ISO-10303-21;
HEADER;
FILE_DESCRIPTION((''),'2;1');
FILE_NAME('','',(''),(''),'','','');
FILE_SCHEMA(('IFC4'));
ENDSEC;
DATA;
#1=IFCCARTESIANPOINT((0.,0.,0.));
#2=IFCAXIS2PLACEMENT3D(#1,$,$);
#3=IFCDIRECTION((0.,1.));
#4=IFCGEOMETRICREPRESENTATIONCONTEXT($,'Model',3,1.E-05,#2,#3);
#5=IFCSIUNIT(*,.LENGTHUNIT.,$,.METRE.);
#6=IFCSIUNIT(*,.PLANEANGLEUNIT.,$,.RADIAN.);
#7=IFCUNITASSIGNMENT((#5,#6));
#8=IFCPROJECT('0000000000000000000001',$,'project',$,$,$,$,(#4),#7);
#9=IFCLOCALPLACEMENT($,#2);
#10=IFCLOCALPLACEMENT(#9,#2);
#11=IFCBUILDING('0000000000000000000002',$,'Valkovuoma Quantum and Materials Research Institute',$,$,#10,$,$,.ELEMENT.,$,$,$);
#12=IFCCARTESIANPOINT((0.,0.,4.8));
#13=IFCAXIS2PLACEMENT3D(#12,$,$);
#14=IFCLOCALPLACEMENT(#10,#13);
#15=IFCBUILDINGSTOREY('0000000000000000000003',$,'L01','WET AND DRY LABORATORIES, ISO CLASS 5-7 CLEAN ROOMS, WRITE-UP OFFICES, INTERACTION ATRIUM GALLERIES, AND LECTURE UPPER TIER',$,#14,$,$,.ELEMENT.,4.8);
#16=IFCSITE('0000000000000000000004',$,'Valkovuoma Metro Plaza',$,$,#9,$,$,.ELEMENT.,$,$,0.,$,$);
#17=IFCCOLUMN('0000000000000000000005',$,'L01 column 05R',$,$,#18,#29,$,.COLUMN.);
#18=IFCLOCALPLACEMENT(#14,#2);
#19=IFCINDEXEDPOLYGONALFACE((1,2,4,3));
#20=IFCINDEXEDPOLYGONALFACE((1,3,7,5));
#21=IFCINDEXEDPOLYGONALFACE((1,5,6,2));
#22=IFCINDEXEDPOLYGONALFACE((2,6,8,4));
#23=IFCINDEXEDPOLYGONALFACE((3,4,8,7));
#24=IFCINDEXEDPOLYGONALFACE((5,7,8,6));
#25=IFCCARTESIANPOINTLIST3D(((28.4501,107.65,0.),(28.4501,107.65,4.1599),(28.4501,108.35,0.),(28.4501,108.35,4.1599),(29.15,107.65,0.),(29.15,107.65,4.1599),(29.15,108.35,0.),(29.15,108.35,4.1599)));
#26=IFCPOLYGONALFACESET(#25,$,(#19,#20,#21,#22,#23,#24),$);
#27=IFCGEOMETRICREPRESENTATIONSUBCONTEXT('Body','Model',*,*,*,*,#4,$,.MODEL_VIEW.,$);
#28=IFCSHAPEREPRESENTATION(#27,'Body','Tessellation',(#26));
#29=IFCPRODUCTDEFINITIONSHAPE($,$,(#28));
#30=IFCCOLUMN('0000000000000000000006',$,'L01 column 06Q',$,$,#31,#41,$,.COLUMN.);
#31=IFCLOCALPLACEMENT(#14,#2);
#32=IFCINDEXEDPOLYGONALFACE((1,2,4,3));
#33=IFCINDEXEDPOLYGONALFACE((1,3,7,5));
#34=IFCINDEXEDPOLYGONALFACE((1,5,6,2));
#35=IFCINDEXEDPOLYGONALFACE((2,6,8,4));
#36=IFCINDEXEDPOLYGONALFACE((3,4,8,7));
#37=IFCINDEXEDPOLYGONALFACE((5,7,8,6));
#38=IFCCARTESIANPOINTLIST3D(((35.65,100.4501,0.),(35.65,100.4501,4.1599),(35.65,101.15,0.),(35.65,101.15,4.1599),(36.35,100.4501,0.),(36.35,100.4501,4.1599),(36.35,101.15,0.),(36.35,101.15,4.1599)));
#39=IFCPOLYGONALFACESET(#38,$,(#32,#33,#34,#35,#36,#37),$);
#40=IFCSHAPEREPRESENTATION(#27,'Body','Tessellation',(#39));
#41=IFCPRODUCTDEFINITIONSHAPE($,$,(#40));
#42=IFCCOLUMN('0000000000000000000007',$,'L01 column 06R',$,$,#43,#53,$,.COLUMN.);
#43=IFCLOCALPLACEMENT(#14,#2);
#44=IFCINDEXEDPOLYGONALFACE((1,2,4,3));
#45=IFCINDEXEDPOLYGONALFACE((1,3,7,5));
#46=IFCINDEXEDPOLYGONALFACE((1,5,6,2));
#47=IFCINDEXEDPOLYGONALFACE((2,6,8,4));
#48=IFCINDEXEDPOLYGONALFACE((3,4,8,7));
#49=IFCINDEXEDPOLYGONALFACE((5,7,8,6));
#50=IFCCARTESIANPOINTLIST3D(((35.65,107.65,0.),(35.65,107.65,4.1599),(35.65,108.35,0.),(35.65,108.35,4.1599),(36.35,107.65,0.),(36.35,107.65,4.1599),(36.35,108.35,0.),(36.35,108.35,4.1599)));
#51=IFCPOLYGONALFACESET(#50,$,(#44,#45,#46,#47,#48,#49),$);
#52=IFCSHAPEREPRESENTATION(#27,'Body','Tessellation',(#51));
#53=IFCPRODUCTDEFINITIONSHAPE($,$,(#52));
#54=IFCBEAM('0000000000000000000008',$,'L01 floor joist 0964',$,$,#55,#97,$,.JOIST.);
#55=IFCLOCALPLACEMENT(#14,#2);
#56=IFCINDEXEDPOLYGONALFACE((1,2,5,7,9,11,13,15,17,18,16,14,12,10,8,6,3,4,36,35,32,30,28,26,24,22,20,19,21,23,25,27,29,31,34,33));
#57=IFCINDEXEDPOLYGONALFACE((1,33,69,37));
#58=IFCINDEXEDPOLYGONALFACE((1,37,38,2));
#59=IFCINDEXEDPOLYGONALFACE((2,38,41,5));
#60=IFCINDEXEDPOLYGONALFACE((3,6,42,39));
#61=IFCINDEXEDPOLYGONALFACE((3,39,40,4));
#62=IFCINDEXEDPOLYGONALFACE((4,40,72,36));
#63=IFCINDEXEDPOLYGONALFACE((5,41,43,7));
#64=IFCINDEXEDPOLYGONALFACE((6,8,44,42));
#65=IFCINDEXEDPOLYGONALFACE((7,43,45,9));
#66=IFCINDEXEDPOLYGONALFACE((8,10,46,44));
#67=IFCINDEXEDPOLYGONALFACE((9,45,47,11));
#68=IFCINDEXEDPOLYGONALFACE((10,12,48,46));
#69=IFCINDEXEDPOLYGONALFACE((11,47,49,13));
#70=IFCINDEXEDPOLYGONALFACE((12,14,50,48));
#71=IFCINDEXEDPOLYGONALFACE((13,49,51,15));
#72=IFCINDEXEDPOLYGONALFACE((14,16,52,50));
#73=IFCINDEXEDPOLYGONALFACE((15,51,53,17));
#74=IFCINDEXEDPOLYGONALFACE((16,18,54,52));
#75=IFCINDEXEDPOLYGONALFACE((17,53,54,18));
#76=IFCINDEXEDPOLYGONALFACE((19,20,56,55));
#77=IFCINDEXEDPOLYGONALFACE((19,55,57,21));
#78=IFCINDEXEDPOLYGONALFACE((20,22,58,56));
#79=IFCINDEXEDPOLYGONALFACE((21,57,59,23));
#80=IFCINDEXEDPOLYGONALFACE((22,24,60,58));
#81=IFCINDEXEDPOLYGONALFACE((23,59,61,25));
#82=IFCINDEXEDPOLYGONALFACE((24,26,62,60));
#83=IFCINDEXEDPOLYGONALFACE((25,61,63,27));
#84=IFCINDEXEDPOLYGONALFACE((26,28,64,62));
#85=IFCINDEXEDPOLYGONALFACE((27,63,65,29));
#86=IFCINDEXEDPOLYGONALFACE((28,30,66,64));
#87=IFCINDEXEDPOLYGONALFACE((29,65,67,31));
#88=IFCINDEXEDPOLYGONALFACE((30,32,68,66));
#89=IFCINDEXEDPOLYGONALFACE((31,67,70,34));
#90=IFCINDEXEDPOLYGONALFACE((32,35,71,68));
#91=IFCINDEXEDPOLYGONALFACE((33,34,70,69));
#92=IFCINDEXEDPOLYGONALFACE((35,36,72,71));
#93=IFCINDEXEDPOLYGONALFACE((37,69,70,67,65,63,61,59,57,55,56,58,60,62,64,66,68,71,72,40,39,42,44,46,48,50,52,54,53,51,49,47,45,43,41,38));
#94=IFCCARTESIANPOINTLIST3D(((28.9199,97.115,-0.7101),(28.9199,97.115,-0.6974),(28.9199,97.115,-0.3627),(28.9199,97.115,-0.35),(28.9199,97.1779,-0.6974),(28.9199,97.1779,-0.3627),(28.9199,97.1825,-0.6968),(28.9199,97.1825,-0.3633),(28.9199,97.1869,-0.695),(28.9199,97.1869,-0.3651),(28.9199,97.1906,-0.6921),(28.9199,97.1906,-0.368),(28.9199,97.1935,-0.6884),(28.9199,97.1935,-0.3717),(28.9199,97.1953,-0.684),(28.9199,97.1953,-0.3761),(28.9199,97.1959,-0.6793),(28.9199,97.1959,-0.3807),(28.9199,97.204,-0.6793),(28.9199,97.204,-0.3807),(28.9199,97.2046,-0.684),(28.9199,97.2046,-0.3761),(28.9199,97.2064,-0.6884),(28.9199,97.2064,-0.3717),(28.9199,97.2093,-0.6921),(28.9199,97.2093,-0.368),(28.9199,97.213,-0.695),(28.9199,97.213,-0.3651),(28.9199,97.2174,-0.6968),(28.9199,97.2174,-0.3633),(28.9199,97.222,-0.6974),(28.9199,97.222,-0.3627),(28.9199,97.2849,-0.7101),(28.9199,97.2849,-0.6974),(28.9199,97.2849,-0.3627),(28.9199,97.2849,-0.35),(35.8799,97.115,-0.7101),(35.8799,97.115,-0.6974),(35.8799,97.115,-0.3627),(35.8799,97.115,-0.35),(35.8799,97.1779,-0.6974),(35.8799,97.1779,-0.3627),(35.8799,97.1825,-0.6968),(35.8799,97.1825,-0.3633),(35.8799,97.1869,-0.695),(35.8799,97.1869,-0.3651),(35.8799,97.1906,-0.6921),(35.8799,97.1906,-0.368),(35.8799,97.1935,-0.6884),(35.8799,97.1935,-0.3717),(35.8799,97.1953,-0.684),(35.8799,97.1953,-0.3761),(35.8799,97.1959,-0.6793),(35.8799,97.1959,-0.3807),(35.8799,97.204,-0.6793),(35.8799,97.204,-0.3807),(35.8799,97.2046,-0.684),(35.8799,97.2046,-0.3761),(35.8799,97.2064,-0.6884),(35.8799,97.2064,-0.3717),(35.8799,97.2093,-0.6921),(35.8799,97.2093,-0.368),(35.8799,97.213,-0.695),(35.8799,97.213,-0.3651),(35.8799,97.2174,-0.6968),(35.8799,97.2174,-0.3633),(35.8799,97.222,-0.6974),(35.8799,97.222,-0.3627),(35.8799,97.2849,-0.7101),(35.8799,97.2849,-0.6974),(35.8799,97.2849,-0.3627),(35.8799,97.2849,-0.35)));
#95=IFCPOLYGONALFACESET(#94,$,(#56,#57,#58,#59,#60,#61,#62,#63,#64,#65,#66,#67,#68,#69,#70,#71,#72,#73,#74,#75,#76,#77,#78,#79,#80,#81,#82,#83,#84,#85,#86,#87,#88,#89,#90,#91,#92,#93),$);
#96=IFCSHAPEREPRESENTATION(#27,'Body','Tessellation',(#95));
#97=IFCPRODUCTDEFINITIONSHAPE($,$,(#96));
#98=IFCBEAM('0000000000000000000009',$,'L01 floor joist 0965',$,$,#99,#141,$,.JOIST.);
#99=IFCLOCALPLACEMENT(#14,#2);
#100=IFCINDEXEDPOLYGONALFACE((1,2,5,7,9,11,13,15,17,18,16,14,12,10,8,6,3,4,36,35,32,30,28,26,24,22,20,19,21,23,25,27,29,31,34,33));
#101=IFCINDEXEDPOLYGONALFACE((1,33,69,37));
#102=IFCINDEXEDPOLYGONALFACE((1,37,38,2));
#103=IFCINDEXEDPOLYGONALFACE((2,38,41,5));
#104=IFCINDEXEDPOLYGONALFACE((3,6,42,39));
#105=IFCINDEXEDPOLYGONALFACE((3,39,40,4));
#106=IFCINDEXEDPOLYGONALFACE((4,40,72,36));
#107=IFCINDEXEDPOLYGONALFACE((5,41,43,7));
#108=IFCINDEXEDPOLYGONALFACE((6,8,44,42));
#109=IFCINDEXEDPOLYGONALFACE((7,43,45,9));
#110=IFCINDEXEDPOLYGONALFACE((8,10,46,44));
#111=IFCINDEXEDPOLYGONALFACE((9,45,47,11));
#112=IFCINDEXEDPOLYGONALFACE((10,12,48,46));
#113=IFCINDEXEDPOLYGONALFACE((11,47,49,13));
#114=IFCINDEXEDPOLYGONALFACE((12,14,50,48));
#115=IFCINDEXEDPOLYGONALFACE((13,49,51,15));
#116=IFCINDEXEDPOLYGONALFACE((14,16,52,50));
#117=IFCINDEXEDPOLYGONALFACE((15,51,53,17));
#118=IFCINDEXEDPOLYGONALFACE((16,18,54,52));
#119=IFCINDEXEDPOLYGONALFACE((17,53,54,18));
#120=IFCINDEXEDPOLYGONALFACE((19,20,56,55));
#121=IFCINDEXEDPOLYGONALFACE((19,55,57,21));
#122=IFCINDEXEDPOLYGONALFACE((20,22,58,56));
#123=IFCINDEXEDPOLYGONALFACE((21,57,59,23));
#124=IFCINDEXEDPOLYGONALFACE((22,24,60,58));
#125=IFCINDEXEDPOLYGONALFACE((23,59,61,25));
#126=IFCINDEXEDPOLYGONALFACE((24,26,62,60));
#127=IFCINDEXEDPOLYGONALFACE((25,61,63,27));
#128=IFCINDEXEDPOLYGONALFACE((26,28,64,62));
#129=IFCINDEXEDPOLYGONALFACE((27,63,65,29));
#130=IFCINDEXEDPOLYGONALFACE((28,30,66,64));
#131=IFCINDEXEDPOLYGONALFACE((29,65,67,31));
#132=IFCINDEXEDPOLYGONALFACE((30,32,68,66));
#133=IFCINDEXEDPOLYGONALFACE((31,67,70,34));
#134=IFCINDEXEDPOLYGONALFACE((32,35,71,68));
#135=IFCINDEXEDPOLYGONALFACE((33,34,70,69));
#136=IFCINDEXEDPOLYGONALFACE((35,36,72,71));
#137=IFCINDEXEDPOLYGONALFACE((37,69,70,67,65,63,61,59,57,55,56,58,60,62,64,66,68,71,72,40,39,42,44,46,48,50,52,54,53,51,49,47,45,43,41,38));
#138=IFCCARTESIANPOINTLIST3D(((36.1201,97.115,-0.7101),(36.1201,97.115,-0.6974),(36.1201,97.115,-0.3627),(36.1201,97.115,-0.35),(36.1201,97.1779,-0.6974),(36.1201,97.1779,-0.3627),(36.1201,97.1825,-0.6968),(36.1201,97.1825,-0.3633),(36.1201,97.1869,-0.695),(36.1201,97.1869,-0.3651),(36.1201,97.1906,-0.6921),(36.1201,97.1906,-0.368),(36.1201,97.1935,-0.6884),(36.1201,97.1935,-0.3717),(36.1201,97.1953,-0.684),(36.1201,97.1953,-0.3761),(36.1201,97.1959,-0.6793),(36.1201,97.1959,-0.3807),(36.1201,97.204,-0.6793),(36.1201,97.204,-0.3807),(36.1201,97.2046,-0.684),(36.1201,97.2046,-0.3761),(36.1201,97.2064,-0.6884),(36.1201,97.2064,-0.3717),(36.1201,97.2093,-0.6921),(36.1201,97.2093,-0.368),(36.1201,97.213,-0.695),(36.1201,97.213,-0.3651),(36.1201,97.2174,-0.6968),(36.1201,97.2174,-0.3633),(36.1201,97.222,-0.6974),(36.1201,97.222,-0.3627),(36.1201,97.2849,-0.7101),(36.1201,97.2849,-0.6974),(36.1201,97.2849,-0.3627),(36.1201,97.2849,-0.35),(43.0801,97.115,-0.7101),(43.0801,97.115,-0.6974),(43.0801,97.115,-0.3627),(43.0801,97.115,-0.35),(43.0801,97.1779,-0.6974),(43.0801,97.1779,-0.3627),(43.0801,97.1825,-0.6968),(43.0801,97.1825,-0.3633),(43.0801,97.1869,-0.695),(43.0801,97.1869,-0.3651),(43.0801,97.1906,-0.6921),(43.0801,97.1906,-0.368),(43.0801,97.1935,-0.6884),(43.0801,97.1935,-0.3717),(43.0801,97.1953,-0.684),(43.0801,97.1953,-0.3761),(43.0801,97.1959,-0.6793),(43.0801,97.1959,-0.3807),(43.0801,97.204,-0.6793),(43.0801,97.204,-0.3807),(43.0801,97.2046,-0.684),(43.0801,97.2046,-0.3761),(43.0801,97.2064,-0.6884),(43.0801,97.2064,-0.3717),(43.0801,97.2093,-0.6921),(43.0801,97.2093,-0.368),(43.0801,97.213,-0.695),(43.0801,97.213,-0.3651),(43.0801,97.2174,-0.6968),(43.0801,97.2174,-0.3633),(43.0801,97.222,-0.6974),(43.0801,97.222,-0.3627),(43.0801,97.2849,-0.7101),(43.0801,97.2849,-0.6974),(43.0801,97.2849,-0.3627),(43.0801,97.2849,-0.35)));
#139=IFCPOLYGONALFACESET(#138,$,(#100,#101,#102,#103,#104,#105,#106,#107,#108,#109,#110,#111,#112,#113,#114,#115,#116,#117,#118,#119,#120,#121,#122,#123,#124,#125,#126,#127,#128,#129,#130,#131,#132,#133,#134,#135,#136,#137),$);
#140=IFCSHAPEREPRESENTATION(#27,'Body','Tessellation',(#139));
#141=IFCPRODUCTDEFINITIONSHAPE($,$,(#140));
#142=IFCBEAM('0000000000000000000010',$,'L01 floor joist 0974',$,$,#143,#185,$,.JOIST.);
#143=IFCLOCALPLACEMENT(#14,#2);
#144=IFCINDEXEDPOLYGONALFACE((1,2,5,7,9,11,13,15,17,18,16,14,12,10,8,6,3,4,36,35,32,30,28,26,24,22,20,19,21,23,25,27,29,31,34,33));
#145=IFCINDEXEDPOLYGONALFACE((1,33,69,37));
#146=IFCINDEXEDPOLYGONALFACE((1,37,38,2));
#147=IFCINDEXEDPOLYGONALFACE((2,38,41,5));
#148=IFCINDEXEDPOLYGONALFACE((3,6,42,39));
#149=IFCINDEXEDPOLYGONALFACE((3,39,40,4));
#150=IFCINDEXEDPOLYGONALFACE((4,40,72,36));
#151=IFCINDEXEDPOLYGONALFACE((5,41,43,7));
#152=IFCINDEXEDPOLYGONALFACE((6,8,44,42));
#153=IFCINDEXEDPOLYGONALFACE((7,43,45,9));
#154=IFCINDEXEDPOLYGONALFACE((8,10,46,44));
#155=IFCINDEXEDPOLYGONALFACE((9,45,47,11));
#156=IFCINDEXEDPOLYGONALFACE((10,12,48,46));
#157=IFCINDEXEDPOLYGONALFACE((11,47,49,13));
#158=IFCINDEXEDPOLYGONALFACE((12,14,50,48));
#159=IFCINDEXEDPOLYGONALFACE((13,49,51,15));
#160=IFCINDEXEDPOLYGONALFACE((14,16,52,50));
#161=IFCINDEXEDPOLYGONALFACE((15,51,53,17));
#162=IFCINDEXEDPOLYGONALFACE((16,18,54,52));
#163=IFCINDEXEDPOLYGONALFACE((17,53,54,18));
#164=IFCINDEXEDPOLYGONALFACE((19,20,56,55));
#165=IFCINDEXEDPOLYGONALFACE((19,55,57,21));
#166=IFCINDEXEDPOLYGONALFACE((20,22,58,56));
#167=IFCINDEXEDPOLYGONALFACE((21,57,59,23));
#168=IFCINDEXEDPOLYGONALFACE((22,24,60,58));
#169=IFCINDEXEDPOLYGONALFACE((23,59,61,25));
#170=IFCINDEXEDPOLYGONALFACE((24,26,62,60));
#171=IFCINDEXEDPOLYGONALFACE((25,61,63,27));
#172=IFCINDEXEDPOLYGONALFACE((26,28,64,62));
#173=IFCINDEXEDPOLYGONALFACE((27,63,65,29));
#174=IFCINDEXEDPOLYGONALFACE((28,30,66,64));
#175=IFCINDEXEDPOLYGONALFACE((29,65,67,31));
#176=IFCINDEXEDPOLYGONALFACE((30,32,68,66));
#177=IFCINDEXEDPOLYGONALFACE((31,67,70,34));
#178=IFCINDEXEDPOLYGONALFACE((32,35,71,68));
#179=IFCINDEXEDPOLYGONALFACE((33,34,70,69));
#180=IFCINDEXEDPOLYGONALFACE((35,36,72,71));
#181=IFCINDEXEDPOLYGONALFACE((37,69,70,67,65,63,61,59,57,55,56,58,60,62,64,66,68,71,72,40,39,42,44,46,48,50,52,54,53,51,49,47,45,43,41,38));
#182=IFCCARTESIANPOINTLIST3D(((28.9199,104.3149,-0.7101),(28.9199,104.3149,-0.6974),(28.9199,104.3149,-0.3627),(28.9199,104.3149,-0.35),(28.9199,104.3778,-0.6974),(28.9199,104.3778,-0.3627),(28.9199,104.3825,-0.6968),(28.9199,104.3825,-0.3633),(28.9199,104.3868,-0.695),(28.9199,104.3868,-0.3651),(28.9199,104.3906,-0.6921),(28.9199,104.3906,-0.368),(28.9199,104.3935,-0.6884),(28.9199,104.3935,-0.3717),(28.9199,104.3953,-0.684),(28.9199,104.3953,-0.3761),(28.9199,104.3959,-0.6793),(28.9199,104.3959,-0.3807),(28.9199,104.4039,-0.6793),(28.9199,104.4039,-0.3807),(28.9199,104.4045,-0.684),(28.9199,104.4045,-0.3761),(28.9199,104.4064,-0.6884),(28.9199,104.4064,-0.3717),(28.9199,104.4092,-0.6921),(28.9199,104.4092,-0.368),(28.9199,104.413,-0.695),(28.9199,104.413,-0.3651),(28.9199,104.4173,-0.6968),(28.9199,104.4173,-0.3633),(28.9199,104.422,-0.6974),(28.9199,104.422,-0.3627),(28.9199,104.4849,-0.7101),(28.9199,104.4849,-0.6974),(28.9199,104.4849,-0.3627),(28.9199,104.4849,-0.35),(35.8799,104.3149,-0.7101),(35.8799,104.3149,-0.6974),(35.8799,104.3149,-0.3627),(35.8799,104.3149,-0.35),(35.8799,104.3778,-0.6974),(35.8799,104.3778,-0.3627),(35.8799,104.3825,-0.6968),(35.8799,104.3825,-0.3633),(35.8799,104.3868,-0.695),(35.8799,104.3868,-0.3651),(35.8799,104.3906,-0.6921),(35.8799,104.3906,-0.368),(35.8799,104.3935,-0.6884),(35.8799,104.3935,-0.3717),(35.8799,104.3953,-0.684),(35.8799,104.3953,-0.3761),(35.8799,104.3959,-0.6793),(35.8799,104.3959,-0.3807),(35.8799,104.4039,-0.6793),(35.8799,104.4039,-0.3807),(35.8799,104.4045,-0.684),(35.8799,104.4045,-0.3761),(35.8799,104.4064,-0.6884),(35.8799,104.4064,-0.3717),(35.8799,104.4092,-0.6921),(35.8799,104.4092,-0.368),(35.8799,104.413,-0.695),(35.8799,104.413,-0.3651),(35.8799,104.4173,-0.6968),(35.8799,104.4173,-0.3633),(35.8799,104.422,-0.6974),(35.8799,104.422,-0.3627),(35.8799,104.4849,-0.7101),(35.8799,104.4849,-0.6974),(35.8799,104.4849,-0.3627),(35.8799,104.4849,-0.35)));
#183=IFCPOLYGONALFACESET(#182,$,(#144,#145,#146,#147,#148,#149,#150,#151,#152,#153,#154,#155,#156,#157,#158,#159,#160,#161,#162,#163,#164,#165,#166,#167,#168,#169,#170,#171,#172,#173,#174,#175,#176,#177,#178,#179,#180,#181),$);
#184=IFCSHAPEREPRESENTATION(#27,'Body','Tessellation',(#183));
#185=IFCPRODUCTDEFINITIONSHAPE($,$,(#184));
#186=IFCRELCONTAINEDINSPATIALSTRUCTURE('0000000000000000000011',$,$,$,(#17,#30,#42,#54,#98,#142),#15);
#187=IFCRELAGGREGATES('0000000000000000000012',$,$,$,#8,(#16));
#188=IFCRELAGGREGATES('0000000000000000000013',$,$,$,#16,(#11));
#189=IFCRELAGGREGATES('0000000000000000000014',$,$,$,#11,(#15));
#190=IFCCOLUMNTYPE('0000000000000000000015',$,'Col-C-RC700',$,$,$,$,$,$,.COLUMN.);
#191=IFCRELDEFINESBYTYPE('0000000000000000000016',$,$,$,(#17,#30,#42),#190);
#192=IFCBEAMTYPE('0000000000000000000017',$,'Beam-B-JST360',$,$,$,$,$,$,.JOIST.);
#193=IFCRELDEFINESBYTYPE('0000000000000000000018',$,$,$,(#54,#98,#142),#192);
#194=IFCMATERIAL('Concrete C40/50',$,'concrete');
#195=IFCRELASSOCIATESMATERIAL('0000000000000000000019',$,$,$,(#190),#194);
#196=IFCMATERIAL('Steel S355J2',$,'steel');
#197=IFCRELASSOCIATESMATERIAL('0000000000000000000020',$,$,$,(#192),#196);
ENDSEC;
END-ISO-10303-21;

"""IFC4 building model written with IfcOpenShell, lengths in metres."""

from ifc_helpers import new_model, si_unit, direction, frame, origin, origin_2d, place, context, subcontext, project, spatial, rectangle, i_section, extrude, material, material_profile, profile_set, type_object, element, save


model = new_model("IFC4")

# Units and contexts
model_context = context("Model", 3, precision=1e-05, world=origin(), true_north=direction((0.0, 1.0)))
body_context = subcontext(model_context, "Body", "Model", "MODEL_VIEW")
ifc_project = project(units=[si_unit("LENGTHUNIT", "METRE"), si_unit("PLANEANGLEUNIT", "RADIAN")], contexts=[model_context])

# Site, building, storey
site_placement = place(None, origin())
site = spatial("IfcSite", under=ifc_project, at=site_placement, Name="Valkovuoma Metro Plaza", CompositionType="ELEMENT", RefElevation=0.0)
building_placement = place(site_placement, origin())
building = spatial("IfcBuilding", under=site, at=building_placement, Name="Valkovuoma Quantum and Materials Research Institute", CompositionType="ELEMENT")
storey_placement = place(building_placement, frame((0.0, 0.0, 4.8)))
storey = spatial("IfcBuildingStorey", under=building, at=storey_placement, Name="L01", Description="WET AND DRY LABORATORIES, ISO CLASS 5-7 CLEAN ROOMS, WRITE-UP OFFICES, INTERACTION ATRIUM GALLERIES, AND LECTURE UPPER TIER", CompositionType="ELEMENT", Elevation=4.8)

# Columns
ifc_material_1 = material(Name="Concrete C40/50", Category="concrete")
ifc_material_profile_1 = material_profile(ifc_material_1, rectangle(XDim=0.7, YDim=0.7, at=origin_2d()), Name="Concrete C40/50")
ifc_profile_set_1 = profile_set([ifc_material_profile_1], Name="Concrete C40/50")
column_type = type_object("IfcColumnType", Name="Col-C-RC700", PredefinedType="COLUMN", material=ifc_profile_set_1)
for number, where, z_axis, x_axis, name in (
    (1, (28.8, 108.0, 0.0), (0.0, 0.0, 1.0), (1.0, 0.0, 0.0), "L01 column 05R"),
    (2, (36.0, 100.8, 0.0), (0.0, 0.0, 1.0), (1.0, 0.0, 0.0), "L01 column 06Q"),
    (3, (36.0, 108.0, 0.0), (0.0, 0.0, 1.0), (1.0, 0.0, 0.0), "L01 column 06R"),
):
    element("IfcColumn", number, at=place(storey_placement, frame(where, z_axis=z_axis, x_axis=x_axis)), inside=storey, type_object=column_type, Name=name, PredefinedType="COLUMN", context=body_context, shape_type="SweptSolid", body=[
        extrude(rectangle(XDim=0.7, YDim=0.7, at=origin_2d()), origin(), (0.0, 0.0, 1.0), 4.1599),
    ])

# Beams
ifc_material_2 = material(Name="Steel S355J2", Category="steel")
ifc_material_profile_2 = material_profile(ifc_material_2, i_section(OverallWidth=0.1699, OverallDepth=0.3601, WebThickness=0.0081, FlangeThickness=0.0127, FilletRadius=0.0181, at=origin_2d()), Name="Steel S355J2")
ifc_profile_set_2 = profile_set([ifc_material_profile_2], Name="Steel S355J2")
beam_type_1 = type_object("IfcBeamType", Name="Beam-B-JST360", PredefinedType="JOIST", material=ifc_profile_set_2)
for number, where, z_axis, x_axis, name in (
    (4, (28.9199, 97.2, -0.53), (1.0, 0.0, 0.0), (0.0, 1.0, 0.0), "L01 floor joist 0964"),
    (5, (36.1201, 97.2, -0.53), (1.0, 0.0, 0.0), (0.0, 1.0, 0.0), "L01 floor joist 0965"),
    (6, (28.9199, 104.3999, -0.53), (1.0, 0.0, 0.0), (0.0, 1.0, 0.0), "L01 floor joist 0974"),
):
    element("IfcBeam", number, at=place(storey_placement, frame(where, z_axis=z_axis, x_axis=x_axis)), inside=storey, type_object=beam_type_1, Name=name, PredefinedType="JOIST", context=body_context, shape_type="SweptSolid", body=[
        extrude(i_section(OverallWidth=0.1699, OverallDepth=0.3601, WebThickness=0.0081, FlangeThickness=0.0127, FilletRadius=0.0181, at=origin_2d()), origin(), (0.0, 0.0, 1.0), 6.96),
    ])

save(model, "model.ifc")
